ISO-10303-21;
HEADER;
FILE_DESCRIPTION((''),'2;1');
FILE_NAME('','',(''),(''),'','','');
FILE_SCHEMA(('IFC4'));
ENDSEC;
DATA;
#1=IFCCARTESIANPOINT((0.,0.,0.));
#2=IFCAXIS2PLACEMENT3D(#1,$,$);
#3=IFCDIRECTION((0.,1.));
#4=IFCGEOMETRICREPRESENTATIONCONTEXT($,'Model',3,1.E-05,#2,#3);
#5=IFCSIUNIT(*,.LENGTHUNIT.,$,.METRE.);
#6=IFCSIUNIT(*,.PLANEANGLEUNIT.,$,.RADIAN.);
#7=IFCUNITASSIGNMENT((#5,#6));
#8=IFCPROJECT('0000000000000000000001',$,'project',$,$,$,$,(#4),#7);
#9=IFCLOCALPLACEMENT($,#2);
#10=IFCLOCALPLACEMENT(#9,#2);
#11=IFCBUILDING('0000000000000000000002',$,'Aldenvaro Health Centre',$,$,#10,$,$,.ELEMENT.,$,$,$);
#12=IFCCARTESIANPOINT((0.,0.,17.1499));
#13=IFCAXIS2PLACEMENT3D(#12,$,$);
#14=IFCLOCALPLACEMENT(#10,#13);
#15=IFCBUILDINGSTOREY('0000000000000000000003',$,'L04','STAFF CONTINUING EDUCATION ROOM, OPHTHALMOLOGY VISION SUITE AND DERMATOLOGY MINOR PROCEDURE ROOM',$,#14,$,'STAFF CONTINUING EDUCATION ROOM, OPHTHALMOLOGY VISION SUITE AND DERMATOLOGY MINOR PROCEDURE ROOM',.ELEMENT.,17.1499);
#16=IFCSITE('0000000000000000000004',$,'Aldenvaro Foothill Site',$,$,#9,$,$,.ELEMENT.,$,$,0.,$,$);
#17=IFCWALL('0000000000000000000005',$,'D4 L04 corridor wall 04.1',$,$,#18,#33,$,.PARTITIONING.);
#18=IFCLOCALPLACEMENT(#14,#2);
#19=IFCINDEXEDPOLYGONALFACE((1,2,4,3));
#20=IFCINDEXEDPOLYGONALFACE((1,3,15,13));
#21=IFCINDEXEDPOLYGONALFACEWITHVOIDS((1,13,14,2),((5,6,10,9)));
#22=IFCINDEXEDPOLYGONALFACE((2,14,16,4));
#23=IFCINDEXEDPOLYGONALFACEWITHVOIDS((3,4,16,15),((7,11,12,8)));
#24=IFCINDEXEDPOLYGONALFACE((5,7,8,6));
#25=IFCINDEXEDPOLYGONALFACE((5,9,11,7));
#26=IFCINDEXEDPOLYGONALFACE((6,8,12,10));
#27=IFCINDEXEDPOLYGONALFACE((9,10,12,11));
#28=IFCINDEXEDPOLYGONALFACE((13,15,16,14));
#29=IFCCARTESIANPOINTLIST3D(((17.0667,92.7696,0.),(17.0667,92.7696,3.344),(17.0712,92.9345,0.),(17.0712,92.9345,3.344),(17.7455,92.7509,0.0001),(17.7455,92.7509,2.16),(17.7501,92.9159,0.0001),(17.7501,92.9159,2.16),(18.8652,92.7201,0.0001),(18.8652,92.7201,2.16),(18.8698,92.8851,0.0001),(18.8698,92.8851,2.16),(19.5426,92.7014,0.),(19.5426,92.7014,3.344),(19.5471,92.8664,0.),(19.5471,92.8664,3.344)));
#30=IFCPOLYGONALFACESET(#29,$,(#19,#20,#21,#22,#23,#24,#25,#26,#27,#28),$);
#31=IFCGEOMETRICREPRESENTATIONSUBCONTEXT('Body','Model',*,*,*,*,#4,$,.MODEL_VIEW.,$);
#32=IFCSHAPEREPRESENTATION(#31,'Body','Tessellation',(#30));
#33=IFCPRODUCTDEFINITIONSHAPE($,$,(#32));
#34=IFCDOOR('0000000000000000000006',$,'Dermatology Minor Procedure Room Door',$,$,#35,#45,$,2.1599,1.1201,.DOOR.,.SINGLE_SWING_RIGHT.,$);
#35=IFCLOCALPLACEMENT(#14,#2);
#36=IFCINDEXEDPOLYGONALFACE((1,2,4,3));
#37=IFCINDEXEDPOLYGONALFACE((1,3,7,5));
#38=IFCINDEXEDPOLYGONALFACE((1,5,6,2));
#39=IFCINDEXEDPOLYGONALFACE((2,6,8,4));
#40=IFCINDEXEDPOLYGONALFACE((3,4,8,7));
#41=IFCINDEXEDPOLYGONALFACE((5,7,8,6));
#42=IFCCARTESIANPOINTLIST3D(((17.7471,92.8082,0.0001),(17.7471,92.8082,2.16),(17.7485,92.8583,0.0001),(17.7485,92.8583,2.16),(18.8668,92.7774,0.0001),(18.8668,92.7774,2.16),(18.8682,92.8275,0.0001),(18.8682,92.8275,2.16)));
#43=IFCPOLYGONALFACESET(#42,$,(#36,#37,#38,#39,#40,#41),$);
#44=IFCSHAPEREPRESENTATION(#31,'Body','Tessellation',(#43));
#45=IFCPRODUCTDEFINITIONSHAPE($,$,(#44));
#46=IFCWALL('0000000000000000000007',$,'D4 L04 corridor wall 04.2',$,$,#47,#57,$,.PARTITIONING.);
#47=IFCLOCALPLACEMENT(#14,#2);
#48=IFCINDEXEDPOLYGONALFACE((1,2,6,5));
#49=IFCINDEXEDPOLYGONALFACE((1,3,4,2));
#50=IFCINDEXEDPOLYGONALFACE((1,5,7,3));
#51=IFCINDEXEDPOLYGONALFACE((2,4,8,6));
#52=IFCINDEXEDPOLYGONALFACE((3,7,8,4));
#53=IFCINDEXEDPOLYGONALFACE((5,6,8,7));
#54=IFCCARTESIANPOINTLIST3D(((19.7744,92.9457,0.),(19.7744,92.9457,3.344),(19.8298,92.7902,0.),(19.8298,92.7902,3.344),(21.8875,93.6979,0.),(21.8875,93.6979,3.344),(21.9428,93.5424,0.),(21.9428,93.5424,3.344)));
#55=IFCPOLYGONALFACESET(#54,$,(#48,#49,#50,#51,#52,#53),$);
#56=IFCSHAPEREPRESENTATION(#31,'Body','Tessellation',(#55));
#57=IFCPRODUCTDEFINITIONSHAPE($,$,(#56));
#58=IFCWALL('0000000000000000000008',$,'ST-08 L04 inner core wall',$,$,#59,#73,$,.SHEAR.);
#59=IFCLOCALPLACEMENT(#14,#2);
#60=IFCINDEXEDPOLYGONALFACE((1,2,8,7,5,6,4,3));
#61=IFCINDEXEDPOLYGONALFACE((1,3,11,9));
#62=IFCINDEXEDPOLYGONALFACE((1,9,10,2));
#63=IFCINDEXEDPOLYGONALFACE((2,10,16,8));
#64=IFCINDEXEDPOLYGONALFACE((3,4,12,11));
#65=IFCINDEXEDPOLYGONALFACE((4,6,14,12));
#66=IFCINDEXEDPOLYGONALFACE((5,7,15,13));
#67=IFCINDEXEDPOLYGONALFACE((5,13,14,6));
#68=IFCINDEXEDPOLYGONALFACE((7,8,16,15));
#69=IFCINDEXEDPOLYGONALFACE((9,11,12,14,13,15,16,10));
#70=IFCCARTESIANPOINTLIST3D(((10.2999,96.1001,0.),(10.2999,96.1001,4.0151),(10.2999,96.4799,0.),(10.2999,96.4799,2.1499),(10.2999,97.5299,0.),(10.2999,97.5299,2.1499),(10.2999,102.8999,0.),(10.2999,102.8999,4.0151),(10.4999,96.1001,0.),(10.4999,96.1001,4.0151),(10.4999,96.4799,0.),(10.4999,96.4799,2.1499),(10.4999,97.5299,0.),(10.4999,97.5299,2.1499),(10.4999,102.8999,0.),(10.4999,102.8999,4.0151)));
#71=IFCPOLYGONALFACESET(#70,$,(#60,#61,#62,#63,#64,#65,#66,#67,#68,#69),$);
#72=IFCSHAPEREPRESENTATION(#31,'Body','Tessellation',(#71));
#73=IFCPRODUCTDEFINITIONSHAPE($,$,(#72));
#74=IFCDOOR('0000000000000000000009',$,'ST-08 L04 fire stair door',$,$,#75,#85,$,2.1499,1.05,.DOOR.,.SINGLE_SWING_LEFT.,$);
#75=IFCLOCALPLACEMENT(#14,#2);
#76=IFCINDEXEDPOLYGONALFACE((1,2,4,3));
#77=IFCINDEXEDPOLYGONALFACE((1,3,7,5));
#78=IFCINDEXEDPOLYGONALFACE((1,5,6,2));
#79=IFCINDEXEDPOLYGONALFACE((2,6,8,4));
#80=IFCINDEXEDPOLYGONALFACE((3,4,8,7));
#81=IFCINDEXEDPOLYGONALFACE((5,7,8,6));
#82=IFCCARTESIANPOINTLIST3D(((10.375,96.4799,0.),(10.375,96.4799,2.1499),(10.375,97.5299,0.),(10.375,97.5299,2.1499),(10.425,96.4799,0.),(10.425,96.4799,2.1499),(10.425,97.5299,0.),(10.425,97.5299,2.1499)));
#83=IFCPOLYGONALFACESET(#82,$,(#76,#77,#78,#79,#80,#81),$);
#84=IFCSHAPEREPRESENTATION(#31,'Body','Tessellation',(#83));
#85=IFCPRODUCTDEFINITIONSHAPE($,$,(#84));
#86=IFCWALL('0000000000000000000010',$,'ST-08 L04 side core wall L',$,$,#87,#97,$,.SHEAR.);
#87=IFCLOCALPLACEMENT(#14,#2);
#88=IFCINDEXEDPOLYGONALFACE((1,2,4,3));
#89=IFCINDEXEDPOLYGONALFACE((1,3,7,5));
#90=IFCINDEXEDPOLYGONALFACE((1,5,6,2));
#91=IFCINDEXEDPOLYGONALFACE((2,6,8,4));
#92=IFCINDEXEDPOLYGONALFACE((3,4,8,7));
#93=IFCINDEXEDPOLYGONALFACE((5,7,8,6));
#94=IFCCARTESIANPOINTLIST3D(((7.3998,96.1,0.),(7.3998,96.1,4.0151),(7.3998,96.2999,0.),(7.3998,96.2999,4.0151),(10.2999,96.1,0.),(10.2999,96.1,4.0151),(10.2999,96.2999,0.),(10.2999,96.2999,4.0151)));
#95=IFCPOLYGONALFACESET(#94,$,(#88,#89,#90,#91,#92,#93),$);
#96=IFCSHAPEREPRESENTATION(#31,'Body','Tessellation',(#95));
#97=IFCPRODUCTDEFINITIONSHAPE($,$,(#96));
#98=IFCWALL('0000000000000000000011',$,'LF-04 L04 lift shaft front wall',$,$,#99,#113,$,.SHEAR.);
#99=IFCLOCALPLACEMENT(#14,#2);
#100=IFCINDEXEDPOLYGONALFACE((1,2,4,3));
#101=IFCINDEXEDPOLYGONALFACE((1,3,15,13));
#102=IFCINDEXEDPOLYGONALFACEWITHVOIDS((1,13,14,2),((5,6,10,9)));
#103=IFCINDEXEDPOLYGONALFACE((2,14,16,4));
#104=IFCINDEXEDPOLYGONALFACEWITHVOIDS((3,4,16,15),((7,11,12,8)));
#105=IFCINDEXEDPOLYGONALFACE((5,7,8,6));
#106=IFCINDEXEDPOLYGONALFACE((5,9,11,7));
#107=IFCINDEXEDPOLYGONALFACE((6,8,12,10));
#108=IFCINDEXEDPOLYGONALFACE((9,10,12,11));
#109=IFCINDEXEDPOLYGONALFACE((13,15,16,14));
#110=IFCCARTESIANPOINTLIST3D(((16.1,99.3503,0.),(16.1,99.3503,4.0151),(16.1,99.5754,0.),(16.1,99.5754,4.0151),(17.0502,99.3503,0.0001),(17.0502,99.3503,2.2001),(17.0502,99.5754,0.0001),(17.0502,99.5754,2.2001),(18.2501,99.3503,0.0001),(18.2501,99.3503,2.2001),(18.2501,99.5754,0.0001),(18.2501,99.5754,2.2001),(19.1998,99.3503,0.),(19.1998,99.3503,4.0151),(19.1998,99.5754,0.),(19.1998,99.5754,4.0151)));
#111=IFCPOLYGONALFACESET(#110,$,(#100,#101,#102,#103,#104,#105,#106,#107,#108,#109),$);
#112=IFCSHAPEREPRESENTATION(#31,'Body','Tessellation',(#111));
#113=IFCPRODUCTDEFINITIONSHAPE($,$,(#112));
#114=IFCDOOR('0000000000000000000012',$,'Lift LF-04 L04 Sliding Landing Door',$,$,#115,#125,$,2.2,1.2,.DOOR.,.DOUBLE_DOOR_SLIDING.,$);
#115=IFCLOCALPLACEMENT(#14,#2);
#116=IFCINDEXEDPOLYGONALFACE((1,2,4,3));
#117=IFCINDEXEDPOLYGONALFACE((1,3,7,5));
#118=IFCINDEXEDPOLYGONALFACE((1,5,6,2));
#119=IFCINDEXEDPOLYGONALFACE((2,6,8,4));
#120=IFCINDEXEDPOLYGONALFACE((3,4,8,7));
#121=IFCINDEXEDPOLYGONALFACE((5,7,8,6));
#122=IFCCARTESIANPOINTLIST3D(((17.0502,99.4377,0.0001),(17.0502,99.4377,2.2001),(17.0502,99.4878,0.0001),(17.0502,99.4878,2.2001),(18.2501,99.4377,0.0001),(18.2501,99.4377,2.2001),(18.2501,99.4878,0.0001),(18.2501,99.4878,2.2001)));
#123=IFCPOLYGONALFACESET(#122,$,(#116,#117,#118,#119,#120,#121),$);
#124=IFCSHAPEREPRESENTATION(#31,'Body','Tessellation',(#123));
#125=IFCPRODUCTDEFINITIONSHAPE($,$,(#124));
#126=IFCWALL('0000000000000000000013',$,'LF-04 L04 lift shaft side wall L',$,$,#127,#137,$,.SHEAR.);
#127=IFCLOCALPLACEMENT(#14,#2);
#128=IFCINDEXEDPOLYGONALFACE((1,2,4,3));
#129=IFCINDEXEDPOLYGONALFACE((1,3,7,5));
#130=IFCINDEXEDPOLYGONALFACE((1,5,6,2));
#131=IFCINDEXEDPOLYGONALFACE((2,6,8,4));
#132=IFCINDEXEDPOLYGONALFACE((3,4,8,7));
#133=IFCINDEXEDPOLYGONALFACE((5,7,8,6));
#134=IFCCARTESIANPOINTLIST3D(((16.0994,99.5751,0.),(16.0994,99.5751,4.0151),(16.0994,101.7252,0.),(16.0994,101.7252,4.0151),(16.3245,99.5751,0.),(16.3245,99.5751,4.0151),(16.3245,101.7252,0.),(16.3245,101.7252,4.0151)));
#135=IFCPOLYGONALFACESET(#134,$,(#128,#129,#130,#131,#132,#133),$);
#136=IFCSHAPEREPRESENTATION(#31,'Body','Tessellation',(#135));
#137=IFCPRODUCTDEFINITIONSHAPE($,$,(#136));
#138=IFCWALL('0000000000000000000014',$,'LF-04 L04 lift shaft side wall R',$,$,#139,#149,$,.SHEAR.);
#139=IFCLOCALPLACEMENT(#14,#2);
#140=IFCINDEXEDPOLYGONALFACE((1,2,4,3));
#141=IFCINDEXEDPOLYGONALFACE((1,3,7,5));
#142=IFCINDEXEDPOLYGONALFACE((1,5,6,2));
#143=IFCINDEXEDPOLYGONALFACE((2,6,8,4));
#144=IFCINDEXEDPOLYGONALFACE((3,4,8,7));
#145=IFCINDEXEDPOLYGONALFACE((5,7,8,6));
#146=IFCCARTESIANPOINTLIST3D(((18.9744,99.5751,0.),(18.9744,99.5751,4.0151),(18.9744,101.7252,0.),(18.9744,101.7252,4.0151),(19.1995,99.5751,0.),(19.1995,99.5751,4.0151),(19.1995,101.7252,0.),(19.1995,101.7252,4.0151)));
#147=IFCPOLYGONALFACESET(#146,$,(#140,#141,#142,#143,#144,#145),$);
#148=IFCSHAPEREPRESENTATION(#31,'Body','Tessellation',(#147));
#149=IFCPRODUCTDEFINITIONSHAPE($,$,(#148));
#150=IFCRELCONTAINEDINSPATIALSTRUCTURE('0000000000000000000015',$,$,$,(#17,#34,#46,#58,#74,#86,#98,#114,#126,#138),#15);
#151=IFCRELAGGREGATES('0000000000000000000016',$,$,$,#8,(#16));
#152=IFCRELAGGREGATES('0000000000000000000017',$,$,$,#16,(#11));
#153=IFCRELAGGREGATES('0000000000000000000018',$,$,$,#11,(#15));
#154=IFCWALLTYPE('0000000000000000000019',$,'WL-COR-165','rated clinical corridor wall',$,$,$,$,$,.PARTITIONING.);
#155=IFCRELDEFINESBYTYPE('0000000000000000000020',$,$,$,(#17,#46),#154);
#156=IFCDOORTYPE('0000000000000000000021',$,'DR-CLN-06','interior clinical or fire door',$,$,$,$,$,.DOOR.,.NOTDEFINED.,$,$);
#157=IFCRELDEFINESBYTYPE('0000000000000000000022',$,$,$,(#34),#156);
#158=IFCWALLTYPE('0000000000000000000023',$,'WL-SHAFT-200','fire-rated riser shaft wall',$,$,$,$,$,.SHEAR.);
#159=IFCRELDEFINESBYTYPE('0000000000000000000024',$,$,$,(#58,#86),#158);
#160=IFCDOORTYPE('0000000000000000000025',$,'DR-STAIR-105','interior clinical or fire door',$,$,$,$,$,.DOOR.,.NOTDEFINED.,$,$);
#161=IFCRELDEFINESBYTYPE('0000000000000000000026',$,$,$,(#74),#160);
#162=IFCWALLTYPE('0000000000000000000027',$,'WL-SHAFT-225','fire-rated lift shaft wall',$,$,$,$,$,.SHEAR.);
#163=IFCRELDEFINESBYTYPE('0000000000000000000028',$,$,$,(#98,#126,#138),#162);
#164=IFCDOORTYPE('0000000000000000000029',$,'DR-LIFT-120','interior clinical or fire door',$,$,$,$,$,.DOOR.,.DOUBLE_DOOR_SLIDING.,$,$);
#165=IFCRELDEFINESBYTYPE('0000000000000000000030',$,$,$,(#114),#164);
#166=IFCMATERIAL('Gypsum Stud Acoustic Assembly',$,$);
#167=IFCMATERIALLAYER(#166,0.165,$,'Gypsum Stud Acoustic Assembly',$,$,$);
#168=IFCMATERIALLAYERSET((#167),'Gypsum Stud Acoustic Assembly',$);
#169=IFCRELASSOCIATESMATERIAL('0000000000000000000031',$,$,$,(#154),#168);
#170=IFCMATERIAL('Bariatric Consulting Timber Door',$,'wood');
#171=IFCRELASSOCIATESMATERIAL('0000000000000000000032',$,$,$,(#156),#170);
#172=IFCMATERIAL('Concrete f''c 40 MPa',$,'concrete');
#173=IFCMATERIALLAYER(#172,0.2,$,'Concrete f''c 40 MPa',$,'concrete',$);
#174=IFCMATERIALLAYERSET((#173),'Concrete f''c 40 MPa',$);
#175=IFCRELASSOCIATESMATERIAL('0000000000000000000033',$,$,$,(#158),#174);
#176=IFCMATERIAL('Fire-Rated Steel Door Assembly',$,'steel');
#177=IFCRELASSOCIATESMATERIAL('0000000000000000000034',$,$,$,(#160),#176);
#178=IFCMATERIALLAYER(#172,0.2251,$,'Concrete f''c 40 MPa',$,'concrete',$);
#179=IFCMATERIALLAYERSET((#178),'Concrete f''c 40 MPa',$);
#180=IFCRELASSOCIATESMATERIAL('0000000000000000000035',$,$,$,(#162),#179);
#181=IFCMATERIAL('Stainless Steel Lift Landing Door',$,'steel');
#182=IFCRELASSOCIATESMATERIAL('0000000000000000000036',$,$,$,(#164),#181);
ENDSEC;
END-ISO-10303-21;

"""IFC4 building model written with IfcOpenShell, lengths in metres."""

from ifc_helpers import new_model, si_unit, direction, frame, frame_2d, origin, place, context, subcontext, project, spatial, rectangle, extrude, material, layer, layer_set, type_object, element, fill, save


model = new_model("IFC4")

# Units and contexts
model_context = context("Model", 3, precision=1e-05, world=origin(), true_north=direction((0.0, 1.0)))
body_context = subcontext(model_context, "Body", "Model", "MODEL_VIEW")
ifc_project = project(units=[si_unit("LENGTHUNIT", "METRE"), si_unit("PLANEANGLEUNIT", "RADIAN")], contexts=[model_context])

# Site, building, storey
site_placement = place(None, origin())
site = spatial("IfcSite", under=ifc_project, at=site_placement, Name="Aldenvaro Foothill Site", CompositionType="ELEMENT", RefElevation=0.0)
building_placement = place(site_placement, origin())
building = spatial("IfcBuilding", under=site, at=building_placement, Name="Aldenvaro Health Centre", CompositionType="ELEMENT")
storey_placement = place(building_placement, frame((0.0, 0.0, 17.1499)))
storey = spatial("IfcBuildingStorey", under=building, at=storey_placement, Name="L04", Description="STAFF CONTINUING EDUCATION ROOM, OPHTHALMOLOGY VISION SUITE AND DERMATOLOGY MINOR PROCEDURE ROOM", LongName="STAFF CONTINUING EDUCATION ROOM, OPHTHALMOLOGY VISION SUITE AND DERMATOLOGY MINOR PROCEDURE ROOM", CompositionType="ELEMENT", Elevation=17.1499)

# Shared definitions
ifc_material_1 = material(Name="Gypsum Stud Acoustic Assembly")

# Shared definitions
ifc_layer_1 = layer(ifc_material_1, 0.165, Name="Gypsum Stud Acoustic Assembly")
ifc_layer_set_1 = layer_set([ifc_layer_1], Name="Gypsum Stud Acoustic Assembly")
wall_type_1 = type_object("IfcWallType", Name="WL-COR-165", Description="rated clinical corridor wall", PredefinedType="PARTITIONING", material=ifc_layer_set_1)

# Wall, opening, door
wall_1_placement = place(storey_placement, frame((17.0691, 92.8521, 0.0), z_axis=(0.0, 0.0, 1.0), x_axis=(0.999622, -0.027502, 0.0)))
wall_1 = element("IfcWall", 1, at=wall_1_placement, inside=storey, type_object=wall_type_1, Name="D4 L04 corridor wall 04.1", PredefinedType="PARTITIONING", context=body_context, shape_type="SweptSolid", body=[
    extrude(rectangle(XDim=2.4768, YDim=0.165, at=frame_2d((1.2383, 0.0))), origin(), (0.0, 0.0, 1.0), 3.344),
])
opening_1_placement = place(wall_1_placement, frame((0.679, 0.0, 0.0)))
opening_1 = element("IfcOpeningElement", 2, at=opening_1_placement, cuts=wall_1, PredefinedType="OPENING", context=body_context, shape_type="SweptSolid", body=[
    extrude(rectangle(XDim=1.1201, YDim=2.1599, at=frame_2d((0.5601, 1.0801))), frame((0.0, 0.0925, 0.0), z_axis=(0.0, -1.0, 0.0), x_axis=(1.0, 0.0, 0.0)), (0.0, 0.0, 1.0), 0.1851),
])
ifc_material_2 = material(Name="Bariatric Consulting Timber Door", Category="wood")
door_type_1 = type_object("IfcDoorType", Name="DR-CLN-06", Description="interior clinical or fire door", OperationType="NOTDEFINED", PredefinedType="DOOR", material=ifc_material_2)
door_1_placement = place(opening_1_placement, origin())
door_1 = element("IfcDoor", 3, at=door_1_placement, inside=storey, type_object=door_type_1, Name="Dermatology Minor Procedure Room Door", OperationType="SINGLE_SWING_RIGHT", OverallHeight=2.1599, OverallWidth=1.1201, PredefinedType="DOOR", context=body_context, shape_type="SweptSolid", body=[
    extrude(rectangle(XDim=1.1201, YDim=2.1599, at=frame_2d((0.5601, 1.0801))), frame((0.0, 0.0249, 0.0), z_axis=(0.0, -1.0, 0.0), x_axis=(1.0, 0.0, 0.0)), (0.0, 0.0, 1.0), 0.05),
])
fill(opening_1, door_1)

# Wall
wall_2_placement = place(storey_placement, frame((19.802, 92.8679, 0.0), z_axis=(0.0, 0.0, 1.0), x_axis=(0.942089, 0.335364, 0.0)))
element("IfcWall", 4, at=wall_2_placement, inside=storey, type_object=wall_type_1, Name="D4 L04 corridor wall 04.2", PredefinedType="PARTITIONING", context=body_context, shape_type="SweptSolid", body=[
    extrude(rectangle(XDim=2.2429, YDim=0.165, at=frame_2d((1.1216, 0.0))), origin(), (0.0, 0.0, 1.0), 3.344),
])

# Wall, opening, door
ifc_material_3 = material(Name="Concrete f'c 40 MPa", Category="concrete")
ifc_layer_2 = layer(ifc_material_3, 0.2, Name="Concrete f'c 40 MPa", Category="concrete")
ifc_layer_set_2 = layer_set([ifc_layer_2], Name="Concrete f'c 40 MPa")
wall_type_2 = type_object("IfcWallType", Name="WL-SHAFT-200", Description="fire-rated riser shaft wall", PredefinedType="SHEAR", material=ifc_layer_set_2)
wall_3_placement = place(storey_placement, frame((10.3999, 96.1001, 0.0), z_axis=(0.0, 0.0, 1.0), x_axis=(0.0, 1.0, 0.0)))
wall_3 = element("IfcWall", 5, at=wall_3_placement, inside=storey, type_object=wall_type_2, Name="ST-08 L04 inner core wall", PredefinedType="SHEAR", context=body_context, shape_type="SweptSolid", body=[
    extrude(rectangle(XDim=6.7998, YDim=0.2, at=frame_2d((3.3999, 0.0))), origin(), (0.0, 0.0, 1.0), 4.0151),
])
opening_2_placement = place(wall_3_placement, frame((0.3799, 0.0, 0.0)))
opening_2 = element("IfcOpeningElement", 6, at=opening_2_placement, cuts=wall_3, PredefinedType="OPENING", context=body_context, shape_type="SweptSolid", body=[
    extrude(rectangle(XDim=1.05, YDim=2.1499, at=frame_2d((0.5249, 1.075))), frame((0.0, 0.1099, 0.0), z_axis=(0.0, -1.0, 0.0), x_axis=(1.0, 0.0, 0.0)), (0.0, 0.0, 1.0), 0.22),
])
ifc_material_4 = material(Name="Fire-Rated Steel Door Assembly", Category="steel")
door_type_2 = type_object("IfcDoorType", Name="DR-STAIR-105", Description="interior clinical or fire door", OperationType="NOTDEFINED", PredefinedType="DOOR", material=ifc_material_4)
door_2_placement = place(opening_2_placement, origin())
door_2 = element("IfcDoor", 7, at=door_2_placement, inside=storey, type_object=door_type_2, Name="ST-08 L04 fire stair door", OperationType="SINGLE_SWING_LEFT", OverallHeight=2.1499, OverallWidth=1.05, PredefinedType="DOOR", context=body_context, shape_type="SweptSolid", body=[
    extrude(rectangle(XDim=1.05, YDim=2.1499, at=frame_2d((0.5249, 1.075))), frame((0.0, 0.0249, 0.0), z_axis=(0.0, -1.0, 0.0), x_axis=(1.0, 0.0, 0.0)), (0.0, 0.0, 1.0), 0.05),
])
fill(opening_2, door_2)

# Wall
wall_4_placement = place(storey_placement, frame((10.3, 96.2, 0.0), z_axis=(0.0, 0.0, 1.0), x_axis=(-1.0, 0.0, 0.0)))
element("IfcWall", 8, at=wall_4_placement, inside=storey, type_object=wall_type_2, Name="ST-08 L04 side core wall L", PredefinedType="SHEAR", context=body_context, shape_type="SweptSolid", body=[
    extrude(rectangle(XDim=2.9001, YDim=0.2, at=frame_2d((1.4502, 0.0))), origin(), (0.0, 0.0, 1.0), 4.0151),
])

# Wall, opening, door
ifc_layer_3 = layer(ifc_material_3, 0.2251, Name="Concrete f'c 40 MPa", Category="concrete")
ifc_layer_set_3 = layer_set([ifc_layer_3], Name="Concrete f'c 40 MPa")
wall_type_3 = type_object("IfcWallType", Name="WL-SHAFT-225", Description="fire-rated lift shaft wall", PredefinedType="SHEAR", material=ifc_layer_set_3)
wall_5_placement = place(storey_placement, frame((16.1001, 99.4629, 0.0), z_axis=(0.0, 0.0, 1.0), x_axis=(1.0, 0.0, 0.0)))
wall_5 = element("IfcWall", 9, at=wall_5_placement, inside=storey, type_object=wall_type_3, Name="LF-04 L04 lift shaft front wall", PredefinedType="SHEAR", context=body_context, shape_type="SweptSolid", body=[
    extrude(rectangle(XDim=3.0999, YDim=0.2251, at=frame_2d((1.5498, 0.0))), origin(), (0.0, 0.0, 1.0), 4.0151),
])
opening_3_placement = place(wall_5_placement, frame((0.95, 0.0, 0.0)))
opening_3 = element("IfcOpeningElement", 10, at=opening_3_placement, cuts=wall_5, PredefinedType="OPENING", context=body_context, shape_type="SweptSolid", body=[
    extrude(rectangle(XDim=1.2, YDim=2.2, at=frame_2d((0.6001, 1.1001))), frame((0.0, 0.1226, 0.0), z_axis=(0.0, -1.0, 0.0), x_axis=(1.0, 0.0, 0.0)), (0.0, 0.0, 1.0), 0.2451),
])
ifc_material_5 = material(Name="Stainless Steel Lift Landing Door", Category="steel")
door_type_3 = type_object("IfcDoorType", Name="DR-LIFT-120", Description="interior clinical or fire door", OperationType="DOUBLE_DOOR_SLIDING", PredefinedType="DOOR", material=ifc_material_5)
door_3_placement = place(opening_3_placement, origin())
door_3 = element("IfcDoor", 11, at=door_3_placement, inside=storey, type_object=door_type_3, Name="Lift LF-04 L04 Sliding Landing Door", OperationType="DOUBLE_DOOR_SLIDING", OverallHeight=2.2, OverallWidth=1.2, PredefinedType="DOOR", context=body_context, shape_type="SweptSolid", body=[
    extrude(rectangle(XDim=1.2, YDim=2.2, at=frame_2d((0.6001, 1.1001))), frame((0.0, 0.0249, 0.0), z_axis=(0.0, -1.0, 0.0), x_axis=(1.0, 0.0, 0.0)), (0.0, 0.0, 1.0), 0.05),
])
fill(opening_3, door_3)

# Walls
for number, where, z_axis, x_axis, name in (
    (12, (16.2119, 99.575, 0.0), (0.0, 0.0, 1.0), (0.0, 1.0, 0.0), "LF-04 L04 lift shaft side wall L"),
    (13, (19.0869, 99.575, 0.0), (0.0, 0.0, 1.0), (0.0, 1.0, 0.0), "LF-04 L04 lift shaft side wall R"),
):
    element("IfcWall", number, at=place(storey_placement, frame(where, z_axis=z_axis, x_axis=x_axis)), inside=storey, type_object=wall_type_3, Name=name, PredefinedType="SHEAR", context=body_context, shape_type="SweptSolid", body=[
        extrude(rectangle(XDim=2.1501, YDim=0.2251, at=frame_2d((1.0752, 0.0))), origin(), (0.0, 0.0, 1.0), 4.0151),
    ])

save(model, "model.ifc")
